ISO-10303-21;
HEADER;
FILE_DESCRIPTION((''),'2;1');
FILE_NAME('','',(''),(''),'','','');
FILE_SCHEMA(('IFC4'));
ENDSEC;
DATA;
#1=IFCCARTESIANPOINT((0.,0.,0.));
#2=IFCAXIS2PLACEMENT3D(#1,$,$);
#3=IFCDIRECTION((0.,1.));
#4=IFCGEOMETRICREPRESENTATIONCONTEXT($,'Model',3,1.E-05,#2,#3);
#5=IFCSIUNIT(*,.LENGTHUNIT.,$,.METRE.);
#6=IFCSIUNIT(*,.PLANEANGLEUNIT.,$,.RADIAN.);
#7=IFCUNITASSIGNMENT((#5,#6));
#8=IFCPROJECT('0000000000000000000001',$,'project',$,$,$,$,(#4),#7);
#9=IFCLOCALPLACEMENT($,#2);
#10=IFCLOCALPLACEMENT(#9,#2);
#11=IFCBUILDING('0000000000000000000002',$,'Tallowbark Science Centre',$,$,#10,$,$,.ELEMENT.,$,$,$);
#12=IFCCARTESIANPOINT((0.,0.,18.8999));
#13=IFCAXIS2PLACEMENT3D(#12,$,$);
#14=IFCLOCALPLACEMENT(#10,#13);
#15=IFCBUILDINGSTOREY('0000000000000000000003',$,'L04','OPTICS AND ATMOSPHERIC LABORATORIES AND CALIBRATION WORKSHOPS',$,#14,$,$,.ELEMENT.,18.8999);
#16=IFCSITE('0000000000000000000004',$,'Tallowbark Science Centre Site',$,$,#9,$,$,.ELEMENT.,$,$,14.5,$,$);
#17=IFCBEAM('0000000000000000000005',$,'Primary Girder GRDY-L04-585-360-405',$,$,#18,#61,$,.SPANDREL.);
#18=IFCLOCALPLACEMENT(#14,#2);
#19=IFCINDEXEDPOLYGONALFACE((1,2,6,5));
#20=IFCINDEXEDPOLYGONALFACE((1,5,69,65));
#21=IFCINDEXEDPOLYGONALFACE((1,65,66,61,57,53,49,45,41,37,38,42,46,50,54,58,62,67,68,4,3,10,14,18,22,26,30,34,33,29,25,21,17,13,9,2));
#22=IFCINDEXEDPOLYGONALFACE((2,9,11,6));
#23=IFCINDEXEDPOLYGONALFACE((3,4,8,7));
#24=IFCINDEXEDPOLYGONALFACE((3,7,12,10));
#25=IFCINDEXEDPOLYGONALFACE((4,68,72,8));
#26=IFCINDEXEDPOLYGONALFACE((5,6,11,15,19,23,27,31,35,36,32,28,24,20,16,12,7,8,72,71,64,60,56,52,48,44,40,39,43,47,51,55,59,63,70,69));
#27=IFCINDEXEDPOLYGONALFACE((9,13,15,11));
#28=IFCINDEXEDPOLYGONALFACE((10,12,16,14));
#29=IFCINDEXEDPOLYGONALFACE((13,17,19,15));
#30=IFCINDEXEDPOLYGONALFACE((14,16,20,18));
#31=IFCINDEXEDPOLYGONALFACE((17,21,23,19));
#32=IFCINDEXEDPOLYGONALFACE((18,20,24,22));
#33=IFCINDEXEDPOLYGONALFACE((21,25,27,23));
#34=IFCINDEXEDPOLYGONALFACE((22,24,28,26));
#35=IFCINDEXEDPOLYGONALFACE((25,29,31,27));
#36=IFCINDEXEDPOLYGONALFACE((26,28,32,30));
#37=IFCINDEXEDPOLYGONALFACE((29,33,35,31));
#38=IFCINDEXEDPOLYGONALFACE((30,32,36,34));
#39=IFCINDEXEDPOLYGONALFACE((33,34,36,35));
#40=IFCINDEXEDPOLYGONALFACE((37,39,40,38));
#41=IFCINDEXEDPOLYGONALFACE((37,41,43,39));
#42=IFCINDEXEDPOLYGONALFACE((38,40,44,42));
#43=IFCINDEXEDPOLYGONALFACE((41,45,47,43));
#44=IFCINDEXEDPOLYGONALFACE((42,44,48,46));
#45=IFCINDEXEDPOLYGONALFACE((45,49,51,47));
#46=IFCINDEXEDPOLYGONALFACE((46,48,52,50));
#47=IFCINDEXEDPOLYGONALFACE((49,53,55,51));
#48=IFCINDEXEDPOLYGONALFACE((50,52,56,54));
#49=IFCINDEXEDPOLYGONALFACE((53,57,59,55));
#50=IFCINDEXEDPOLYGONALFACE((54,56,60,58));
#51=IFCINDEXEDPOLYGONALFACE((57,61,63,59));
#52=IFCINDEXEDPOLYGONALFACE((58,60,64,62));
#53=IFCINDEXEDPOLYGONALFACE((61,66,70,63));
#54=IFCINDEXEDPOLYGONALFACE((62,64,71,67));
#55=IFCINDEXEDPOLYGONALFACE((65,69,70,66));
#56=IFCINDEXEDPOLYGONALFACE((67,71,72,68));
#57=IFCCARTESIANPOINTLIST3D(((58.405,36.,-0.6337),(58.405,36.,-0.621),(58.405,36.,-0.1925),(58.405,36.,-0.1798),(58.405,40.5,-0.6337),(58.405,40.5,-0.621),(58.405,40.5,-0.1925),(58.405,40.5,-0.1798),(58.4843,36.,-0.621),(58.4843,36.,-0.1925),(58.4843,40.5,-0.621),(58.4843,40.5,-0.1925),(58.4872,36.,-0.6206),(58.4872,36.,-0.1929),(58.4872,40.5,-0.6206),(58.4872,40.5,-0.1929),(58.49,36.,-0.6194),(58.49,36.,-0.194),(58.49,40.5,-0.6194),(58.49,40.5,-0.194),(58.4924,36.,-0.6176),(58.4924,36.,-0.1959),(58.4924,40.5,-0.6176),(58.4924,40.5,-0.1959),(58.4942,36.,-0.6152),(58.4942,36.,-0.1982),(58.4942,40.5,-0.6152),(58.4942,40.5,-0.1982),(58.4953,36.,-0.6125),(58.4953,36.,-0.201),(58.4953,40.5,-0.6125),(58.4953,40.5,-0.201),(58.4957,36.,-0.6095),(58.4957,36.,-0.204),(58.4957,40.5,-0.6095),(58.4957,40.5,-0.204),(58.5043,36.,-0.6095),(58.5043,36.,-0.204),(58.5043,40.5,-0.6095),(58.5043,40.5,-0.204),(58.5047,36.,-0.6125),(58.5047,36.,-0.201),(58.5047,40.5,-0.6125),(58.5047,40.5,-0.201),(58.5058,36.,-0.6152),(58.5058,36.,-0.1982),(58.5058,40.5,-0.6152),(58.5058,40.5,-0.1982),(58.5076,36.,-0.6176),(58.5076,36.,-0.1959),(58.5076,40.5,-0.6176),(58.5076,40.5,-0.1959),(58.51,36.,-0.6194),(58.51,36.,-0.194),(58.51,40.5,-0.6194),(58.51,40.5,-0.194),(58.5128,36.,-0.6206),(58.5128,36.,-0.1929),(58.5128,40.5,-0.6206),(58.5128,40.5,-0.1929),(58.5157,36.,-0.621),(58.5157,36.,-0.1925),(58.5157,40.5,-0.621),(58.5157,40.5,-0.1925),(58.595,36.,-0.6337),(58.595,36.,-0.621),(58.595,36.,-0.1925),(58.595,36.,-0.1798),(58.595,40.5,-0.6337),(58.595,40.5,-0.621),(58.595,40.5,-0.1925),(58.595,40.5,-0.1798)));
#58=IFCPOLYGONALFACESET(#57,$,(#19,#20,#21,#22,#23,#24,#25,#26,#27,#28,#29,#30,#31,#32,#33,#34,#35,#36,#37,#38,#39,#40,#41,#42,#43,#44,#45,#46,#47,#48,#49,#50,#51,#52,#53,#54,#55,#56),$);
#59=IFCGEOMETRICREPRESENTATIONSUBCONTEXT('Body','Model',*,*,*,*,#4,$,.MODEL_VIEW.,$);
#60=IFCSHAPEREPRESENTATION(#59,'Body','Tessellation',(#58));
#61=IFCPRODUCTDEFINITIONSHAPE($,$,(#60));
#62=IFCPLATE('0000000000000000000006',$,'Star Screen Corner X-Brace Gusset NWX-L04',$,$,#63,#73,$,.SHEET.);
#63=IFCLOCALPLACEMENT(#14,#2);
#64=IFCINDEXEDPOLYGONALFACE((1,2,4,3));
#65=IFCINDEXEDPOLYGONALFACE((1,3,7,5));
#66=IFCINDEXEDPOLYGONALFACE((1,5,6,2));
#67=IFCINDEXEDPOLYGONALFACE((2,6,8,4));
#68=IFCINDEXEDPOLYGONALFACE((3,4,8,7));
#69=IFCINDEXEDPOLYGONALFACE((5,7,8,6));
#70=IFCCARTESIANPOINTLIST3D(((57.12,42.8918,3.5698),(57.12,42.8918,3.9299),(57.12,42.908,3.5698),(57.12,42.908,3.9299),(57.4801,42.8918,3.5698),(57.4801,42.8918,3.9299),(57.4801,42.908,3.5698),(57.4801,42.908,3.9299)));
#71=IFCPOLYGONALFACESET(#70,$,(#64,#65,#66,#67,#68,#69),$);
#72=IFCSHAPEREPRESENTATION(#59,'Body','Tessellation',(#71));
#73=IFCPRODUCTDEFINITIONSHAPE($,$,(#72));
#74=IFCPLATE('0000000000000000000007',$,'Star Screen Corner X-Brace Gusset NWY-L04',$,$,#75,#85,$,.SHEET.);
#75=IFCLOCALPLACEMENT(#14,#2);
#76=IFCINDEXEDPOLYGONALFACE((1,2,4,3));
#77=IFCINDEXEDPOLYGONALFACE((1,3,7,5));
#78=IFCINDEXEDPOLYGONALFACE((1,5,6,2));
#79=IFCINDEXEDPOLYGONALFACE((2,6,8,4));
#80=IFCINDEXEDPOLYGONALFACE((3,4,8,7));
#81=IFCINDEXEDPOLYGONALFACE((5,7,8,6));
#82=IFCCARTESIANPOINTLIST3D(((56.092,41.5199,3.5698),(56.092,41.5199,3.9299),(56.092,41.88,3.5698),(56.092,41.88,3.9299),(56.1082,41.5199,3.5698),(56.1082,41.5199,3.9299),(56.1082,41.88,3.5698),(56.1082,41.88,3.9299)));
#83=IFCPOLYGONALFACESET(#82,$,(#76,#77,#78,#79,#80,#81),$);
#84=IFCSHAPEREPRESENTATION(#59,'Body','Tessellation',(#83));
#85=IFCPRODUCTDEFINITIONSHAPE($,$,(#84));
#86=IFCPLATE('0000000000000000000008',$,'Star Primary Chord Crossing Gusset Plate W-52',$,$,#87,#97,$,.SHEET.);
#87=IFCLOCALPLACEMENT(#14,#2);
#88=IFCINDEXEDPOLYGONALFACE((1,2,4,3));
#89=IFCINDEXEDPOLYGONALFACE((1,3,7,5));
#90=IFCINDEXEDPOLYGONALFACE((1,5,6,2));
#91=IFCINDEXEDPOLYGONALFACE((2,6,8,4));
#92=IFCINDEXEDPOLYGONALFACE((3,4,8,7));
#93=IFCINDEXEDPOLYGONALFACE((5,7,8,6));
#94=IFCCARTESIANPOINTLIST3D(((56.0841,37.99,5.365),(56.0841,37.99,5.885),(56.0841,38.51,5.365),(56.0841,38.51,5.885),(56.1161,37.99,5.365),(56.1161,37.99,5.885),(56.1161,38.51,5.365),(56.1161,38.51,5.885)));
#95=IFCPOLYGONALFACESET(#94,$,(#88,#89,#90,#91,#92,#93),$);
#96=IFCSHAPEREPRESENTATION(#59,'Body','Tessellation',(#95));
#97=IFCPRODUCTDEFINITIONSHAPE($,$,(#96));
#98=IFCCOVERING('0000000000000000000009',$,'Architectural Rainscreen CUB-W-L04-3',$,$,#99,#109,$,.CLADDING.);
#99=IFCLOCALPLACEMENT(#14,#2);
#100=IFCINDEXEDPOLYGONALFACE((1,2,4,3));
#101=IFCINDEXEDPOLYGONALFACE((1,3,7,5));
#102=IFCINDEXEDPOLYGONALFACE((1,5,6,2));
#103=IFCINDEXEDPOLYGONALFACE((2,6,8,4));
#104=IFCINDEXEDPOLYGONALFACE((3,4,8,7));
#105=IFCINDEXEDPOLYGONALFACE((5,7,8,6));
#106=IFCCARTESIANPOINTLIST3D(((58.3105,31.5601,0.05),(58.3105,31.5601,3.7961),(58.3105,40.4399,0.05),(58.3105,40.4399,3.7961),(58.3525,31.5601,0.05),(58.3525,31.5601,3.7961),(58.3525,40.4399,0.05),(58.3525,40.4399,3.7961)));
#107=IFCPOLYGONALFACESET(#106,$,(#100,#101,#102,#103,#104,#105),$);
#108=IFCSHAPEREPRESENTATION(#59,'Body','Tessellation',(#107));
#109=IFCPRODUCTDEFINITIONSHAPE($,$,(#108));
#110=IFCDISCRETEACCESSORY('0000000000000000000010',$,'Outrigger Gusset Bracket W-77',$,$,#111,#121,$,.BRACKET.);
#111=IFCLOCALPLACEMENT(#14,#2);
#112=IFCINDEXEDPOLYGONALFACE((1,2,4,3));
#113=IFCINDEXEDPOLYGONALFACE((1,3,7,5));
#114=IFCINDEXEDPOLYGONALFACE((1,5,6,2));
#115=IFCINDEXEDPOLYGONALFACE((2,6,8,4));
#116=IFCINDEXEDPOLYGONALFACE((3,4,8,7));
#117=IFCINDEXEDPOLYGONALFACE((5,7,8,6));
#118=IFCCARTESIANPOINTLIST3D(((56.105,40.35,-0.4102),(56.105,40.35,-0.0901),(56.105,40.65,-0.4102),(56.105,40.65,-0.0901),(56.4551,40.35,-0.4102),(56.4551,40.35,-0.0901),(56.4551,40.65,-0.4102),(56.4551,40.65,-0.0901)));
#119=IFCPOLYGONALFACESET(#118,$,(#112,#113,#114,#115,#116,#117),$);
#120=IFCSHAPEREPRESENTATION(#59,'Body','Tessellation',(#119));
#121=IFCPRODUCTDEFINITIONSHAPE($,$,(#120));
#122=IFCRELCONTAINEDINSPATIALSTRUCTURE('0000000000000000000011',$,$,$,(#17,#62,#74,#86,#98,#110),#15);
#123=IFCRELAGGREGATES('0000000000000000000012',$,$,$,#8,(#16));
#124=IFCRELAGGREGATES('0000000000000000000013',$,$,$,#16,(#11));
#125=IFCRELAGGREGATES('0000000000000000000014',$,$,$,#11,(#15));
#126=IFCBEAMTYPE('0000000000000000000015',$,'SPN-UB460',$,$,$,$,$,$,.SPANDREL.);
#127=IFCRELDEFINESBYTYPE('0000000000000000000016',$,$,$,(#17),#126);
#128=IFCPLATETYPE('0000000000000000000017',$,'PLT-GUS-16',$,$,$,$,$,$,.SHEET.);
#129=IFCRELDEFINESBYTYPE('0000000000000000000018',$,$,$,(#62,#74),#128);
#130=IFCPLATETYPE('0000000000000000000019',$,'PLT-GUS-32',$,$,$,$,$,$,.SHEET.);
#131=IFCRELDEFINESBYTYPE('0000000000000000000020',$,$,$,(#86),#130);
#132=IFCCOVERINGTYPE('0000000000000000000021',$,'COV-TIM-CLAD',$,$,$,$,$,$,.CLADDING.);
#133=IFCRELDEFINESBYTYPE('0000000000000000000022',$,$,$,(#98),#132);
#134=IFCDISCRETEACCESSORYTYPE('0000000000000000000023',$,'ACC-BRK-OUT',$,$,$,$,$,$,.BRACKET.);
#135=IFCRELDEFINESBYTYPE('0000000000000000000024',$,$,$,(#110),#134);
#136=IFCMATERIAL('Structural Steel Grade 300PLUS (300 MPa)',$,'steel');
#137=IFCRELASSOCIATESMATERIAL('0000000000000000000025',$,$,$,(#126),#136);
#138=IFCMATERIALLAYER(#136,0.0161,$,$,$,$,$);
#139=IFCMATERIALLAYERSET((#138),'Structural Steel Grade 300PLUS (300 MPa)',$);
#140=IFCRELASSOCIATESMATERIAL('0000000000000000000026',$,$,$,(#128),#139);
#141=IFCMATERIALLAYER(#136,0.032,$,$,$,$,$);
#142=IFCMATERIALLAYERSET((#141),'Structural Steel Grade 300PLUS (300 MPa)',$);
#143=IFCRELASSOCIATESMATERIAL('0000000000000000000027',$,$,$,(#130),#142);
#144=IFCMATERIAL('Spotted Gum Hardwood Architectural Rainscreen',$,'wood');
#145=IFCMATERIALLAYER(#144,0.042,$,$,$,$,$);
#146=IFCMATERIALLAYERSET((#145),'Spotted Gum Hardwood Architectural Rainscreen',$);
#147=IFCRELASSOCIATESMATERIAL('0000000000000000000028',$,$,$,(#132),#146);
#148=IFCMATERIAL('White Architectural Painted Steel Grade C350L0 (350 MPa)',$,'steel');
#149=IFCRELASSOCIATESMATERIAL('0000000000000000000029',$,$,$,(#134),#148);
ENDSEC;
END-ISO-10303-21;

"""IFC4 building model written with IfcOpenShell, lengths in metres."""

from ifc_helpers import new_model, si_unit, direction, frame, origin, origin_2d, place, context, subcontext, project, spatial, rectangle, i_section, extrude, material, layer, layer_set, material_profile, profile_set, type_object, element, save


model = new_model("IFC4")

# Units and contexts
model_context = context("Model", 3, precision=1e-05, world=origin(), true_north=direction((0.0, 1.0)))
body_context = subcontext(model_context, "Body", "Model", "MODEL_VIEW")
ifc_project = project(units=[si_unit("LENGTHUNIT", "METRE"), si_unit("PLANEANGLEUNIT", "RADIAN")], contexts=[model_context])

# Site, building, storey
site_placement = place(None, origin())
site = spatial("IfcSite", under=ifc_project, at=site_placement, Name="Tallowbark Science Centre Site", CompositionType="ELEMENT", RefElevation=14.5)
building_placement = place(site_placement, origin())
building = spatial("IfcBuilding", under=site, at=building_placement, Name="Tallowbark Science Centre", CompositionType="ELEMENT")
storey_placement = place(building_placement, frame((0.0, 0.0, 18.8999)))
storey = spatial("IfcBuildingStorey", under=building, at=storey_placement, Name="L04", Description="OPTICS AND ATMOSPHERIC LABORATORIES AND CALIBRATION WORKSHOPS", CompositionType="ELEMENT", Elevation=18.8999)

# Shared definitions
ifc_material_1 = material(Name="White Architectural Painted Steel Grade C350L0 (350 MPa)", Category="steel")
ifc_material_2 = material(Name="Structural Steel Grade 300PLUS (300 MPa)", Category="steel")

# Beam
ifc_material_profile_1 = material_profile(ifc_material_2, i_section(OverallWidth=0.1899, OverallDepth=0.4539, WebThickness=0.0085, FlangeThickness=0.0127, FilletRadius=0.0115, at=origin_2d()), Name="460UB67.1")
ifc_profile_set_1 = profile_set([ifc_material_profile_1], Name="Structural Steel Grade 300PLUS (300 MPa)")
beam_type_1 = type_object("IfcBeamType", Name="SPN-UB460", PredefinedType="SPANDREL", material=ifc_profile_set_1)
beam_1_placement = place(storey_placement, frame((58.5, 36.0, -0.4067), z_axis=(0.0, 1.0, 0.0), x_axis=(-1.0, 0.0, 0.0)))
element("IfcBeam", 1, at=beam_1_placement, inside=storey, type_object=beam_type_1, Name="Primary Girder GRDY-L04-585-360-405", PredefinedType="SPANDREL", context=body_context, shape_type="SweptSolid", body=[
    extrude(i_section(OverallWidth=0.1899, OverallDepth=0.4539, WebThickness=0.0085, FlangeThickness=0.0127, FilletRadius=0.0115, at=origin_2d()), origin(), (0.0, 0.0, 1.0), 4.5),
])

# Plates
ifc_layer_1 = layer(ifc_material_2, 0.0161)
ifc_layer_set_1 = layer_set([ifc_layer_1], Name="Structural Steel Grade 300PLUS (300 MPa)")
plate_type_1 = type_object("IfcPlateType", Name="PLT-GUS-16", PredefinedType="SHEET", material=ifc_layer_set_1)
for number, where, z_axis, x_axis, name in (
    (2, (57.3, 42.8999, 3.5698), (0.0, 0.0, 1.0), (1.0, 0.0, 0.0), "Star Screen Corner X-Brace Gusset NWX-L04"),
    (3, (56.1001, 41.7, 3.5698), (0.0, 0.0, 1.0), (0.0, 1.0, 0.0), "Star Screen Corner X-Brace Gusset NWY-L04"),
):
    element("IfcPlate", number, at=place(storey_placement, frame(where, z_axis=z_axis, x_axis=x_axis)), inside=storey, type_object=plate_type_1, Name=name, PredefinedType="SHEET", context=body_context, shape_type="SweptSolid", body=[
        extrude(rectangle(XDim=0.3601, YDim=0.0161, at=origin_2d()), origin(), (0.0, 0.0, 1.0), 0.3601),
    ])
ifc_layer_2 = layer(ifc_material_2, 0.032)
ifc_layer_set_2 = layer_set([ifc_layer_2], Name="Structural Steel Grade 300PLUS (300 MPa)")
plate_type_2 = type_object("IfcPlateType", Name="PLT-GUS-32", PredefinedType="SHEET", material=ifc_layer_set_2)
plate_placement = place(storey_placement, frame((56.1001, 38.25, 5.365), z_axis=(0.0, 0.0, 1.0), x_axis=(0.0, 1.0, 0.0)))
element("IfcPlate", 4, at=plate_placement, inside=storey, type_object=plate_type_2, Name="Star Primary Chord Crossing Gusset Plate W-52", PredefinedType="SHEET", context=body_context, shape_type="SweptSolid", body=[
    extrude(rectangle(XDim=0.52, YDim=0.032, at=origin_2d()), origin(), (0.0, 0.0, 1.0), 0.52),
])

# Covering
ifc_material_3 = material(Name="Spotted Gum Hardwood Architectural Rainscreen", Category="wood")
ifc_layer_3 = layer(ifc_material_3, 0.042)
ifc_layer_set_3 = layer_set([ifc_layer_3], Name="Spotted Gum Hardwood Architectural Rainscreen")
covering_type = type_object("IfcCoveringType", Name="COV-TIM-CLAD", PredefinedType="CLADDING", material=ifc_layer_set_3)
covering_placement = place(storey_placement, frame((58.3315, 36.0, 0.05), z_axis=(0.0, 0.0, 1.0), x_axis=(0.0, -1.0, 0.0)))
element("IfcCovering", 5, at=covering_placement, inside=storey, type_object=covering_type, Name="Architectural Rainscreen CUB-W-L04-3", PredefinedType="CLADDING", context=body_context, shape_type="SweptSolid", body=[
    extrude(rectangle(XDim=8.8799, YDim=0.042, at=origin_2d()), origin(), (0.0, 0.0, 1.0), 3.7461),
])

# Discrete accessory
discrete_accessory_type = type_object("IfcDiscreteAccessoryType", Name="ACC-BRK-OUT", PredefinedType="BRACKET", material=ifc_material_1)
discrete_accessory_placement = place(storey_placement, frame((56.28, 40.5, -0.4102), z_axis=(0.0, 0.0, 1.0), x_axis=(1.0, 0.0, 0.0)))
element("IfcDiscreteAccessory", 6, at=discrete_accessory_placement, inside=storey, type_object=discrete_accessory_type, Name="Outrigger Gusset Bracket W-77", PredefinedType="BRACKET", context=body_context, shape_type="SweptSolid", body=[
    extrude(rectangle(XDim=0.3501, YDim=0.3, at=origin_2d()), origin(), (0.0, 0.0, 1.0), 0.3201),
])

save(model, "model.ifc")
